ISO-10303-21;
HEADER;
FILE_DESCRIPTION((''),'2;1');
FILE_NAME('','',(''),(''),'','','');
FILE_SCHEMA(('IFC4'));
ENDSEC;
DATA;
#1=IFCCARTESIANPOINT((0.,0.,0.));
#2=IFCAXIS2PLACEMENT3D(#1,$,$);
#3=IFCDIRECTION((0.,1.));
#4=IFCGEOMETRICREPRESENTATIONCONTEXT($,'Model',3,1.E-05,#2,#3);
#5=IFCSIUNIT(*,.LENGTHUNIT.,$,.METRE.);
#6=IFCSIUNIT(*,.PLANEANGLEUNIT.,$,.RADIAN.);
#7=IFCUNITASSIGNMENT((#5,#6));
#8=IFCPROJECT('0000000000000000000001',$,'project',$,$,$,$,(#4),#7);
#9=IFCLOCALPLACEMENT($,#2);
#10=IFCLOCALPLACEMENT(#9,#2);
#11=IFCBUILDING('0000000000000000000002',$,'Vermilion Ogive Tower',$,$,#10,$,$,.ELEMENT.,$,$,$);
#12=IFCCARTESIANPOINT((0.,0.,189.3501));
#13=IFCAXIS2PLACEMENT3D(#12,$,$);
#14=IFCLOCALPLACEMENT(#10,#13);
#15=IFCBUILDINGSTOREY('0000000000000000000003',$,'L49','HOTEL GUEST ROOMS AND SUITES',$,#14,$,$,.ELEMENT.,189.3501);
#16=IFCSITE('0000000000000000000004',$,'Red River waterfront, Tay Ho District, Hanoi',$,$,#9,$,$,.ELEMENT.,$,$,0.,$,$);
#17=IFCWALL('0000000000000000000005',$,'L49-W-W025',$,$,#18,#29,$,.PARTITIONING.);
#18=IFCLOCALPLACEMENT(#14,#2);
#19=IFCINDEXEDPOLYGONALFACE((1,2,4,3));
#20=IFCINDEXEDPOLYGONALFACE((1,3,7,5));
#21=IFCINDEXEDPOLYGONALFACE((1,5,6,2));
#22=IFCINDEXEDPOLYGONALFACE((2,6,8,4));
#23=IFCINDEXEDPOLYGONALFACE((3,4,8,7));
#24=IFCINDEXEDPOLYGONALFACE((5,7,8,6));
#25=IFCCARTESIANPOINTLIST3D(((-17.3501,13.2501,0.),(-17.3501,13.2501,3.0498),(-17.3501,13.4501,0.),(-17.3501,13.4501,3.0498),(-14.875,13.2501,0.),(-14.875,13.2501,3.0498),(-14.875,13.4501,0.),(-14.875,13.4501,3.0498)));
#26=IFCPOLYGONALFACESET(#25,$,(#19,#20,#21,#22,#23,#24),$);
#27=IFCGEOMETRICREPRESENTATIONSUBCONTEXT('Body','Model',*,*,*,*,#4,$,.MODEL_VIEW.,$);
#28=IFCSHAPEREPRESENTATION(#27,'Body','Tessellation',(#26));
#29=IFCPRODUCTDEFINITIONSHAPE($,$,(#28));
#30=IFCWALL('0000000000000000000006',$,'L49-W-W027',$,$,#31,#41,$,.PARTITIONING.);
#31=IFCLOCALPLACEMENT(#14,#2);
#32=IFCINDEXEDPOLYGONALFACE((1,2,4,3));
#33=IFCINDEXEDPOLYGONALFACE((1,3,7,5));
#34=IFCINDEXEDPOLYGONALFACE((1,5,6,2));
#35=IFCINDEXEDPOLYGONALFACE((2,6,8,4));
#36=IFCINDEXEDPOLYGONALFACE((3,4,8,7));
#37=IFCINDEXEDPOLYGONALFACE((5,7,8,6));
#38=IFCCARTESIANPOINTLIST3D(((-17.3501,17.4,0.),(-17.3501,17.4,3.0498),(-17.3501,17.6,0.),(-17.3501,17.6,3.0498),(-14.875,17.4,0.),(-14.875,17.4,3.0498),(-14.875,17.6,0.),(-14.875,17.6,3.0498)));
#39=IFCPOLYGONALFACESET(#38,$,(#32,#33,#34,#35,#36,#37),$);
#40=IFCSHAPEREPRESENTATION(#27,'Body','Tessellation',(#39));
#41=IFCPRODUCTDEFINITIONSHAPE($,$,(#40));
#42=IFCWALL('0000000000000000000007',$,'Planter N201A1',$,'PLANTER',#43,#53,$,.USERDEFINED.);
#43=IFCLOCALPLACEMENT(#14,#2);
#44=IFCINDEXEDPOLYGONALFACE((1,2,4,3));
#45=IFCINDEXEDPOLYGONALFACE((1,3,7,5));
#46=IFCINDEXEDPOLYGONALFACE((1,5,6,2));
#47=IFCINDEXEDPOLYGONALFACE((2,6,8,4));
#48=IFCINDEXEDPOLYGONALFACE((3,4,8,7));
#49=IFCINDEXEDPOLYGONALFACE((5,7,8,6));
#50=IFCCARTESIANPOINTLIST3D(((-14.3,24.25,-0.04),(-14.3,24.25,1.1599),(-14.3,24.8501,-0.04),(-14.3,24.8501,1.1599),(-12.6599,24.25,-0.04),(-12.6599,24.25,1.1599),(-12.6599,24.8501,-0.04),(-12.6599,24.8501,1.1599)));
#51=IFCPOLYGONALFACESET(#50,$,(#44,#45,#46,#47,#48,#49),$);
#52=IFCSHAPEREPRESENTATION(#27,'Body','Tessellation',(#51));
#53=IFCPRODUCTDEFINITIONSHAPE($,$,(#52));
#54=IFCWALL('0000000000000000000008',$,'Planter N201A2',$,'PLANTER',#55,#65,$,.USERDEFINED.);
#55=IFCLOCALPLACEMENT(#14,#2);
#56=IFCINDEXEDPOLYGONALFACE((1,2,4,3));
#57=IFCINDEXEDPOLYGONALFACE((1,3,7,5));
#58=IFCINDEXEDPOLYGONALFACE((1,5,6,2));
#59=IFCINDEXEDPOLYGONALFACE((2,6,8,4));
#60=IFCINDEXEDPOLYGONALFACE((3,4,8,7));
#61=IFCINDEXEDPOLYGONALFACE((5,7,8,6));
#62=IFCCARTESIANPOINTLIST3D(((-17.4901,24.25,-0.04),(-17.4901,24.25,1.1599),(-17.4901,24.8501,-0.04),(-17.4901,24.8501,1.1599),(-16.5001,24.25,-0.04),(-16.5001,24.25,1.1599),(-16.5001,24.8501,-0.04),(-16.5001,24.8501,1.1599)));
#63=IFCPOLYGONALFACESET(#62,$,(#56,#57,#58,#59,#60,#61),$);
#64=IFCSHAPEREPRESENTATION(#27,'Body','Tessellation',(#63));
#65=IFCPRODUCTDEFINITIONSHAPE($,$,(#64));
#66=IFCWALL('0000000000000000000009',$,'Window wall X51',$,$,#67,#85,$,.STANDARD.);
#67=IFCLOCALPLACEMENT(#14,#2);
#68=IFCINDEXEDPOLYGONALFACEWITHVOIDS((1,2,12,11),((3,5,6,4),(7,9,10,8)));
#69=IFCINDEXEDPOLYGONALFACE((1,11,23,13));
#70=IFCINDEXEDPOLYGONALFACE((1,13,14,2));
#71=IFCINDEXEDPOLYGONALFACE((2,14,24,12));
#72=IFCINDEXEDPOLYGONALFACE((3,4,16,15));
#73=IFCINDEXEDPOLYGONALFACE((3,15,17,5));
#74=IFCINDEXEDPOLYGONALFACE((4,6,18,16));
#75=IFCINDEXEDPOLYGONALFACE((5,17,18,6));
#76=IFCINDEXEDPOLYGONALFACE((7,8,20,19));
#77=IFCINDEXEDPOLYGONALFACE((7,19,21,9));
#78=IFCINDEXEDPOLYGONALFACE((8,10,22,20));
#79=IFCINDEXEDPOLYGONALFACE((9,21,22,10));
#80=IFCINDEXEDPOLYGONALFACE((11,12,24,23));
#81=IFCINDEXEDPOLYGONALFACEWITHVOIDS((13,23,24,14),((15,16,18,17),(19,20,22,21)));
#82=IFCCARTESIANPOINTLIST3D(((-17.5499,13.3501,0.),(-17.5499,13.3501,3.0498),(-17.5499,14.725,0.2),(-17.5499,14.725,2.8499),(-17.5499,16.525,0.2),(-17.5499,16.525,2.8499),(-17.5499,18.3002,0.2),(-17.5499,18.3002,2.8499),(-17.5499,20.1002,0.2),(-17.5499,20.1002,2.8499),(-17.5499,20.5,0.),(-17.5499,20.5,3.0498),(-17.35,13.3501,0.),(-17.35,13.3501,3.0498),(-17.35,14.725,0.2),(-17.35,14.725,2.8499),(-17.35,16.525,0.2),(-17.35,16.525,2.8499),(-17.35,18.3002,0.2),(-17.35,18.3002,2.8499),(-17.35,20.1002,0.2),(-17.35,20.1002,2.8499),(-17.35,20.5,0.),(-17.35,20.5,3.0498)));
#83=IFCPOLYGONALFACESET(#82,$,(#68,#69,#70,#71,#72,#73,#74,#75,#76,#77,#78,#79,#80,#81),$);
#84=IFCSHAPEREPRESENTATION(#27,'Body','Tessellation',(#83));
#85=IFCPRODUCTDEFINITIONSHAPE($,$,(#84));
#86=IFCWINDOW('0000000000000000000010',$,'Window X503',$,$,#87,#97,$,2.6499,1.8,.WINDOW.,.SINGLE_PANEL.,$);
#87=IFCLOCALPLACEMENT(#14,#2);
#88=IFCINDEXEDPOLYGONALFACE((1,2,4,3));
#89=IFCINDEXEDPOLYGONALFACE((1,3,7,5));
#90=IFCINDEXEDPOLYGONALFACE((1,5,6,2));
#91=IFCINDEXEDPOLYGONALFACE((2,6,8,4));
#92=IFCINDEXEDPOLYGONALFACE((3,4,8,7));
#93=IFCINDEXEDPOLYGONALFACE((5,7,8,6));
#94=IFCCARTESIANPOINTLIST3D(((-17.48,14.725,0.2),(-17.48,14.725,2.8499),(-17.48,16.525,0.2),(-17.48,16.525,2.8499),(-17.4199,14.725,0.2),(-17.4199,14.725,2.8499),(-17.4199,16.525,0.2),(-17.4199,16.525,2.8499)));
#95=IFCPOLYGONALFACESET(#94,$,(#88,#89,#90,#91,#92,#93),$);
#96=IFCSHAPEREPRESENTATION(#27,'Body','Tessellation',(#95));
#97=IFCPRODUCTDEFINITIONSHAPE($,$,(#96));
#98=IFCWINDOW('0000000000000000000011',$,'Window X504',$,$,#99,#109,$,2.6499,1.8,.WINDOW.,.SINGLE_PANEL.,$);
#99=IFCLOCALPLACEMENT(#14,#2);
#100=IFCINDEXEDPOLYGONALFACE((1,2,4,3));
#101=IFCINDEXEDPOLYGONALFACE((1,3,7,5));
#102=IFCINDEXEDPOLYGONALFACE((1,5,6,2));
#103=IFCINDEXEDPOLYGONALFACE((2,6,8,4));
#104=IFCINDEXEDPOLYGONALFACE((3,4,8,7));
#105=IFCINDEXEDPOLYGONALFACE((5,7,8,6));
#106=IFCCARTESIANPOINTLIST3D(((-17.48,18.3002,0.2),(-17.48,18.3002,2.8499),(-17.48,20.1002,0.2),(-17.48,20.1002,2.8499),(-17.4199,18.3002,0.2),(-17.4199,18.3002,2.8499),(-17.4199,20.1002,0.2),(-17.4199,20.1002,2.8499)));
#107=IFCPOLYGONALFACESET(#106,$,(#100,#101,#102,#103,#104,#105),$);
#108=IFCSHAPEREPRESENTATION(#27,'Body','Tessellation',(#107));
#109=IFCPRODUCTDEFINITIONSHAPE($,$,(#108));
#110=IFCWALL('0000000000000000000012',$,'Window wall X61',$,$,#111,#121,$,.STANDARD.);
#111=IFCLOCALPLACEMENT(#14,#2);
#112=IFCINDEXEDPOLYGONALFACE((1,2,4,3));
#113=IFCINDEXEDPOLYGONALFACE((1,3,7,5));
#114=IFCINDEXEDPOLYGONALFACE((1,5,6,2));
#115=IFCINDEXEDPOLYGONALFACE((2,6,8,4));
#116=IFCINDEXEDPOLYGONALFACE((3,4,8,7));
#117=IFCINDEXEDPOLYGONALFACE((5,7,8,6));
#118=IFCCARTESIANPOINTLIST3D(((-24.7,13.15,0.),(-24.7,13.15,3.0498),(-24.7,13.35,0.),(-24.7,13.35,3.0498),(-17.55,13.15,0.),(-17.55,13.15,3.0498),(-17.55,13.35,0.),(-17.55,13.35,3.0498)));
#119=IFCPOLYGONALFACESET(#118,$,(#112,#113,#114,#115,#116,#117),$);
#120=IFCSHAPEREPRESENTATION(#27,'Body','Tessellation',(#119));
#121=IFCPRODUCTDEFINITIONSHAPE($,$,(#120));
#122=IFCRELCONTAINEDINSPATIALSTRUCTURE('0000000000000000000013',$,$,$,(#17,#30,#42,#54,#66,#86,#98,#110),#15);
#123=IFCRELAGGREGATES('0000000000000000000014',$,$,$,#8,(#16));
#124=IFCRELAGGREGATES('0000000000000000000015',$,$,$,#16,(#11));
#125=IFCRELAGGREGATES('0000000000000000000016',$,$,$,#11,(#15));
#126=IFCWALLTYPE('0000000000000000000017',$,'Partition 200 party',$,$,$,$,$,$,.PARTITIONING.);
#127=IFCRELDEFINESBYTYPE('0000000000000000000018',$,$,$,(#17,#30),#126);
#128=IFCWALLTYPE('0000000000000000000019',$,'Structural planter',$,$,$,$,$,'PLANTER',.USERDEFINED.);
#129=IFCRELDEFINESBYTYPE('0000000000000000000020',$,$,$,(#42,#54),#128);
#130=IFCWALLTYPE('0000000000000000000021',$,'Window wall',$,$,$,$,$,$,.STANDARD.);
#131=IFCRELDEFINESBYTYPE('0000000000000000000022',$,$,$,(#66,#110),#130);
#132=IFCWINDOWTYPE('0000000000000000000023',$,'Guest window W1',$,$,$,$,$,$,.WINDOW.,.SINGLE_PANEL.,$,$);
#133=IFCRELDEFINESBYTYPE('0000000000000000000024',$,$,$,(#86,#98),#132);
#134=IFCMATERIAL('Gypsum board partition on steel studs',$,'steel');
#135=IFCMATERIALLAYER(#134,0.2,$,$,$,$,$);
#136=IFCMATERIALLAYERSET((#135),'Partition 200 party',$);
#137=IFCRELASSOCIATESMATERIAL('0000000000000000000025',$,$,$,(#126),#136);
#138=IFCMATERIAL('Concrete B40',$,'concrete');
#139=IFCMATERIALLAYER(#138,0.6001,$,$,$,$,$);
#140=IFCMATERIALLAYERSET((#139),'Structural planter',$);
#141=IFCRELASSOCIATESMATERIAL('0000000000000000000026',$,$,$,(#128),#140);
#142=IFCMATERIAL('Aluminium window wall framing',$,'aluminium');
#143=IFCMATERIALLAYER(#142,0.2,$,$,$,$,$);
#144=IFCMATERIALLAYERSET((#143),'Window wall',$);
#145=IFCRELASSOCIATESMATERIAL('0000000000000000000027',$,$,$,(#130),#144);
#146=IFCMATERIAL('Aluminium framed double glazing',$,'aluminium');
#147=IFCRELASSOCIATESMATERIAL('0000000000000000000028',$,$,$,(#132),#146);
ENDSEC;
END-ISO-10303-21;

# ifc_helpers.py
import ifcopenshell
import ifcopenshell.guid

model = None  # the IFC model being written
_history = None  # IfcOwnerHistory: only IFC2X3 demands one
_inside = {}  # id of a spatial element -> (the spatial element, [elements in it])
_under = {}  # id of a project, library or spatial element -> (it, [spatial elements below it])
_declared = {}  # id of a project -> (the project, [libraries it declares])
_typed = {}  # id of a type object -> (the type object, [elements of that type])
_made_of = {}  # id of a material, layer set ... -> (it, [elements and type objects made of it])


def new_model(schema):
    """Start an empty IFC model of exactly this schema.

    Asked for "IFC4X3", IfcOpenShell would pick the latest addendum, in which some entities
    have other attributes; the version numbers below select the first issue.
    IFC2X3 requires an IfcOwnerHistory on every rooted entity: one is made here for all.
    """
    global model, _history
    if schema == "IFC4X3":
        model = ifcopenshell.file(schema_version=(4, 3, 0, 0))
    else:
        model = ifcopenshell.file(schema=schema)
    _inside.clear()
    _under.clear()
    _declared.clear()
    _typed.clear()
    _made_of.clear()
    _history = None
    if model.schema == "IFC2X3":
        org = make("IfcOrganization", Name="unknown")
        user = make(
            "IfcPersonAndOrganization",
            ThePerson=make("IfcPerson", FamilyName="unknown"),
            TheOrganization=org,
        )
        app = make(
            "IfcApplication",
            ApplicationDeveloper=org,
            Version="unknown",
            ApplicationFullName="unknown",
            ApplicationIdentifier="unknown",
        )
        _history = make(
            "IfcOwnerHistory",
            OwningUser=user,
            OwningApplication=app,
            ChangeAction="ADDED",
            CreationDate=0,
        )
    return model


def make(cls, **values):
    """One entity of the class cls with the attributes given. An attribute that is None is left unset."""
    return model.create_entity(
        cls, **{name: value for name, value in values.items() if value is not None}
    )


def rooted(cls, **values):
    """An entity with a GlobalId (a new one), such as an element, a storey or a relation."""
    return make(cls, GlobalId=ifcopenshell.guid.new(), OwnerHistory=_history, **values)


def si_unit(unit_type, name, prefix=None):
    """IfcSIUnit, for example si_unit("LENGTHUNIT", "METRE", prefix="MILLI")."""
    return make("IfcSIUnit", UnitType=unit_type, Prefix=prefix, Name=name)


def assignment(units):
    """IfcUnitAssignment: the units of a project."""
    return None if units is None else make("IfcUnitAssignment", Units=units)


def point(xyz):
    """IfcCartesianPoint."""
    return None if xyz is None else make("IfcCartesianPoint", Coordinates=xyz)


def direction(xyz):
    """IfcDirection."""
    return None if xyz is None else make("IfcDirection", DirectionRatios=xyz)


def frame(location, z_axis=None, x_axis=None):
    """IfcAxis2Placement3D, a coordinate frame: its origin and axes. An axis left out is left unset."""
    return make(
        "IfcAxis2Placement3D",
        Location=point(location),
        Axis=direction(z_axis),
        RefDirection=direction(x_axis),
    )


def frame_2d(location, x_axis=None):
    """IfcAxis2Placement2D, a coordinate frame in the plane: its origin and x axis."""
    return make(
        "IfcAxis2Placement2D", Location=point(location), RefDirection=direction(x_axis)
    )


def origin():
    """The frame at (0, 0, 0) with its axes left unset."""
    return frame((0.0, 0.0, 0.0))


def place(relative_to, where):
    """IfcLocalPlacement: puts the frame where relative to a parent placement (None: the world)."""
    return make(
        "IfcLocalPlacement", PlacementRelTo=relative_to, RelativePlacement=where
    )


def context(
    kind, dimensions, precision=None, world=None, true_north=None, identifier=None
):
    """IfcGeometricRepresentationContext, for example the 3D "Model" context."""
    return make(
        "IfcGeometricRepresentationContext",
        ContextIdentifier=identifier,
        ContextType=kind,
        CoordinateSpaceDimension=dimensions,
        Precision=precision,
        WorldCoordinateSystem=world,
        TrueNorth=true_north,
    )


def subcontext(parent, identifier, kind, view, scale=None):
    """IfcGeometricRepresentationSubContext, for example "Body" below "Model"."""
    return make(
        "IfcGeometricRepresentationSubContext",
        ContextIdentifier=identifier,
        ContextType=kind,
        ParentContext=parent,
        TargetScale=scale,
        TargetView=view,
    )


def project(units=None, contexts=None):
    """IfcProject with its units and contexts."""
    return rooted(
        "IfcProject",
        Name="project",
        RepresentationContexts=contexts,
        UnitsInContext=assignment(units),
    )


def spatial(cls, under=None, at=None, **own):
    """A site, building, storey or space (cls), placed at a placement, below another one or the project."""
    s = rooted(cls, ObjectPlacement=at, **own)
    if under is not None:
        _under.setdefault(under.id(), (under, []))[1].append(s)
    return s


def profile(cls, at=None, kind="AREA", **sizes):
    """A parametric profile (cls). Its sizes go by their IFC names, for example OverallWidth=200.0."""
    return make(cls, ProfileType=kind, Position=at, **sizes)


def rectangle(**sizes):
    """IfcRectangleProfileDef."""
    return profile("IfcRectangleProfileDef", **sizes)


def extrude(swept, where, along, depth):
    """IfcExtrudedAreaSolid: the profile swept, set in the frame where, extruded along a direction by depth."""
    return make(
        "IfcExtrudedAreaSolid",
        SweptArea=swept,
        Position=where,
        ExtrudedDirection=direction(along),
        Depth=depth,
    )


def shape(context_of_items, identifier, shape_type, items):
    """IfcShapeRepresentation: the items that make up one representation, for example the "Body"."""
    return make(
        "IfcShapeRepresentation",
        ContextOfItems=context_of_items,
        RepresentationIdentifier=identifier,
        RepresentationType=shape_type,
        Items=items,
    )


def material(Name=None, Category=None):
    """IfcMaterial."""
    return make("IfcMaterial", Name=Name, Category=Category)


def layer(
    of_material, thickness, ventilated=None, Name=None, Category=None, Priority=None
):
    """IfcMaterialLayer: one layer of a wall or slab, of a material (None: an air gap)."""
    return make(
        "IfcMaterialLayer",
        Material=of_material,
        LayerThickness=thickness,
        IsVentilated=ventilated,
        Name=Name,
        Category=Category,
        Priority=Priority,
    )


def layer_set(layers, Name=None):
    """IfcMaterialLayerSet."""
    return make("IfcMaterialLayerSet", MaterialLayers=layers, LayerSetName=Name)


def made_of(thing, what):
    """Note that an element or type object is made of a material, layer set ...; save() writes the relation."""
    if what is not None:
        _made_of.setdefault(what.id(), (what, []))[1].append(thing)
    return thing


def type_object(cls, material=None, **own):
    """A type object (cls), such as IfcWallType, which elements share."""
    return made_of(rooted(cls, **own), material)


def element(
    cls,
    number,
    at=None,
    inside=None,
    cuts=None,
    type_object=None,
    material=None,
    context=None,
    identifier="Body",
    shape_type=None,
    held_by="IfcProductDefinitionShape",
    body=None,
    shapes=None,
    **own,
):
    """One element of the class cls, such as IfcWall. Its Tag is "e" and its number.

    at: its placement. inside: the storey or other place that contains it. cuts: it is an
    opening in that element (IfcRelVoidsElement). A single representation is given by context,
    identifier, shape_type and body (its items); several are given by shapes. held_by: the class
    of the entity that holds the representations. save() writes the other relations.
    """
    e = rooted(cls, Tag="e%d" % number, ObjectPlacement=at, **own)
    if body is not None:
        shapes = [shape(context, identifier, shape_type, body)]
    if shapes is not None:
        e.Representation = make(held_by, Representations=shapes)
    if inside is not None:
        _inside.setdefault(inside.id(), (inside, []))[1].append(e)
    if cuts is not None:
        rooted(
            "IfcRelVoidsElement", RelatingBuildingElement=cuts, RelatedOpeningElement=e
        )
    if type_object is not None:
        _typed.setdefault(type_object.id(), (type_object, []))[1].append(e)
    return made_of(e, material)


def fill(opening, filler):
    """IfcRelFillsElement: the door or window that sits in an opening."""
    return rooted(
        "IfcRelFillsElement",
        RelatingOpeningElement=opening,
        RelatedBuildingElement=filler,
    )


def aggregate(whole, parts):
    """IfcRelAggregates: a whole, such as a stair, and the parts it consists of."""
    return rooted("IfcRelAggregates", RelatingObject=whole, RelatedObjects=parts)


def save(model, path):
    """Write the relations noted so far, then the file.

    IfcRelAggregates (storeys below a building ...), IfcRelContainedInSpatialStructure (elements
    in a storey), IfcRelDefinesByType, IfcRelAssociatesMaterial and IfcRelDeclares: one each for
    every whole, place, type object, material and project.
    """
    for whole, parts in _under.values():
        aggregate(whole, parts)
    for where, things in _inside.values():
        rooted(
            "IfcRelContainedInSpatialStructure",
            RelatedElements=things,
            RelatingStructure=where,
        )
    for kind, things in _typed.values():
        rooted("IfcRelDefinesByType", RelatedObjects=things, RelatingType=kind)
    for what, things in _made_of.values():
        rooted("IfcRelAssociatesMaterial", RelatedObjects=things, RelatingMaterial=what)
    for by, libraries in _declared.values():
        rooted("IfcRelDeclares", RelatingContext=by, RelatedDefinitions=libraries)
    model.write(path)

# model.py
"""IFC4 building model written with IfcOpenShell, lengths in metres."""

from ifc_helpers import new_model, si_unit, direction, frame, frame_2d, origin, place, context, subcontext, project, spatial, rectangle, extrude, material, layer, layer_set, type_object, element, fill, save


model = new_model("IFC4")

# Units and contexts
model_context = context("Model", 3, precision=1e-05, world=origin(), true_north=direction((0.0, 1.0)))
body_context = subcontext(model_context, "Body", "Model", "MODEL_VIEW")
ifc_project = project(units=[si_unit("LENGTHUNIT", "METRE"), si_unit("PLANEANGLEUNIT", "RADIAN")], contexts=[model_context])

# Site, building, storey
site_placement = place(None, origin())
site = spatial("IfcSite", under=ifc_project, at=site_placement, Name="Red River waterfront, Tay Ho District, Hanoi", CompositionType="ELEMENT", RefElevation=0.0)
building_placement = place(site_placement, origin())
building = spatial("IfcBuilding", under=site, at=building_placement, Name="Vermilion Ogive Tower", CompositionType="ELEMENT")
storey_placement = place(building_placement, frame((0.0, 0.0, 189.3501)))
storey = spatial("IfcBuildingStorey", under=building, at=storey_placement, Name="L49", Description="HOTEL GUEST ROOMS AND SUITES", CompositionType="ELEMENT", Elevation=189.3501)

# Walls
ifc_material_1 = material(Name="Gypsum board partition on steel studs", Category="steel")
ifc_layer_1 = layer(ifc_material_1, 0.2)
ifc_layer_set_1 = layer_set([ifc_layer_1], Name="Partition 200 party")
wall_type_1 = type_object("IfcWallType", Name="Partition 200 party", PredefinedType="PARTITIONING", material=ifc_layer_set_1)
for number, where, z_axis, x_axis, name in (
    (1, (-17.3501, 13.3501, 0.0), (0.0, 0.0, 1.0), (1.0, 0.0, 0.0), "L49-W-W025"),
    (2, (-17.3501, 17.5, 0.0), (0.0, 0.0, 1.0), (1.0, 0.0, 0.0), "L49-W-W027"),
):
    element("IfcWall", number, at=place(storey_placement, frame(where, z_axis=z_axis, x_axis=x_axis)), inside=storey, type_object=wall_type_1, Name=name, PredefinedType="PARTITIONING", context=body_context, shape_type="SweptSolid", body=[
        extrude(rectangle(XDim=2.4751, YDim=0.2, at=frame_2d((1.2375, 0.0))), origin(), (0.0, 0.0, 1.0), 3.0498),
    ])
ifc_material_2 = material(Name="Concrete B40", Category="concrete")
ifc_layer_2 = layer(ifc_material_2, 0.6001)
ifc_layer_set_2 = layer_set([ifc_layer_2], Name="Structural planter")
wall_type_2 = type_object("IfcWallType", Name="Structural planter", ElementType="PLANTER", PredefinedType="USERDEFINED", material=ifc_layer_set_2)
wall_1_placement = place(storey_placement, frame((-12.6599, 24.55, -0.04), z_axis=(0.0, 0.0, 1.0), x_axis=(-1.0, 0.0, 0.0)))
element("IfcWall", 3, at=wall_1_placement, inside=storey, type_object=wall_type_2, Name="Planter N201A1", ObjectType="PLANTER", PredefinedType="USERDEFINED", context=body_context, shape_type="SweptSolid", body=[
    extrude(rectangle(XDim=1.6401, YDim=0.6001, at=frame_2d((0.8201, 0.0))), origin(), (0.0, 0.0, 1.0), 1.2),
])
wall_2_placement = place(storey_placement, frame((-16.5, 24.55, -0.04), z_axis=(0.0, 0.0, 1.0), x_axis=(-1.0, 0.0, 0.0)))
element("IfcWall", 4, at=wall_2_placement, inside=storey, type_object=wall_type_2, Name="Planter N201A2", ObjectType="PLANTER", PredefinedType="USERDEFINED", context=body_context, shape_type="SweptSolid", body=[
    extrude(rectangle(XDim=0.99, YDim=0.6001, at=frame_2d((0.4951, 0.0))), origin(), (0.0, 0.0, 1.0), 1.2),
])

# Shared definitions
ifc_material_3 = material(Name="Aluminium window wall framing", Category="aluminium")
ifc_layer_3 = layer(ifc_material_3, 0.2)
ifc_layer_set_3 = layer_set([ifc_layer_3], Name="Window wall")
wall_type_3 = type_object("IfcWallType", Name="Window wall", PredefinedType="STANDARD", material=ifc_layer_set_3)
ifc_material_4 = material(Name="Aluminium framed double glazing", Category="aluminium")
window_type = type_object("IfcWindowType", Name="Guest window W1", PartitioningType="SINGLE_PANEL", PredefinedType="WINDOW", material=ifc_material_4)

# Wall, openings, windows
wall_3_placement = place(storey_placement, frame((-17.45, 20.5, 0.0), z_axis=(0.0, 0.0, 1.0), x_axis=(0.0, -1.0, 0.0)))
wall_3 = element("IfcWall", 5, at=wall_3_placement, inside=storey, type_object=wall_type_3, Name="Window wall X51", PredefinedType="STANDARD", context=body_context, shape_type="SweptSolid", body=[
    extrude(rectangle(XDim=7.1499, YDim=0.2, at=frame_2d((3.575, 0.0))), origin(), (0.0, 0.0, 1.0), 3.0498),
])
opening_1_placement = place(wall_3_placement, frame((3.9751, 0.0, 0.2)))
opening_1 = element("IfcOpeningElement", 6, at=opening_1_placement, cuts=wall_3, PredefinedType="OPENING", context=body_context, shape_type="SweptSolid", body=[
    extrude(rectangle(XDim=1.8, YDim=2.6499, at=frame_2d((0.8999, 1.325))), frame((0.0, 0.1099, 0.0), z_axis=(0.0, -1.0, 0.0), x_axis=(1.0, 0.0, 0.0)), (0.0, 0.0, 1.0), 0.22),
])
opening_2_placement = place(wall_3_placement, frame((0.3999, 0.0, 0.2)))
opening_2 = element("IfcOpeningElement", 7, at=opening_2_placement, cuts=wall_3, PredefinedType="OPENING", context=body_context, shape_type="SweptSolid", body=[
    extrude(rectangle(XDim=1.8, YDim=2.6499, at=frame_2d((0.8999, 1.325))), frame((0.0, 0.1099, 0.0), z_axis=(0.0, -1.0, 0.0), x_axis=(1.0, 0.0, 0.0)), (0.0, 0.0, 1.0), 0.22),
])
window_1_placement = place(opening_1_placement, origin())
window_1 = element("IfcWindow", 8, at=window_1_placement, inside=storey, type_object=window_type, Name="Window X503", OverallHeight=2.6499, OverallWidth=1.8, PartitioningType="SINGLE_PANEL", PredefinedType="WINDOW", context=body_context, shape_type="SweptSolid", body=[
    extrude(rectangle(XDim=1.8, YDim=2.6499, at=frame_2d((0.8999, 1.325))), frame((0.0, 0.03, 0.0), z_axis=(0.0, -1.0, 0.0), x_axis=(1.0, 0.0, 0.0)), (0.0, 0.0, 1.0), 0.0601),
])
fill(opening_1, window_1)
window_2_placement = place(opening_2_placement, origin())
window_2 = element("IfcWindow", 9, at=window_2_placement, inside=storey, type_object=window_type, Name="Window X504", OverallHeight=2.6499, OverallWidth=1.8, PartitioningType="SINGLE_PANEL", PredefinedType="WINDOW", context=body_context, shape_type="SweptSolid", body=[
    extrude(rectangle(XDim=1.8, YDim=2.6499, at=frame_2d((0.8999, 1.325))), frame((0.0, 0.03, 0.0), z_axis=(0.0, -1.0, 0.0), x_axis=(1.0, 0.0, 0.0)), (0.0, 0.0, 1.0), 0.0601),
])
fill(opening_2, window_2)

# Wall
wall_4_placement = place(storey_placement, frame((-17.55, 13.25, 0.0), z_axis=(0.0, 0.0, 1.0), x_axis=(-1.0, 0.0, 0.0)))
element("IfcWall", 10, at=wall_4_placement, inside=storey, type_object=wall_type_3, Name="Window wall X61", PredefinedType="STANDARD", context=body_context, shape_type="SweptSolid", body=[
    extrude(rectangle(XDim=7.1499, YDim=0.2, at=frame_2d((3.575, 0.0))), origin(), (0.0, 0.0, 1.0), 3.0498),
])

save(model, "model.ifc")
